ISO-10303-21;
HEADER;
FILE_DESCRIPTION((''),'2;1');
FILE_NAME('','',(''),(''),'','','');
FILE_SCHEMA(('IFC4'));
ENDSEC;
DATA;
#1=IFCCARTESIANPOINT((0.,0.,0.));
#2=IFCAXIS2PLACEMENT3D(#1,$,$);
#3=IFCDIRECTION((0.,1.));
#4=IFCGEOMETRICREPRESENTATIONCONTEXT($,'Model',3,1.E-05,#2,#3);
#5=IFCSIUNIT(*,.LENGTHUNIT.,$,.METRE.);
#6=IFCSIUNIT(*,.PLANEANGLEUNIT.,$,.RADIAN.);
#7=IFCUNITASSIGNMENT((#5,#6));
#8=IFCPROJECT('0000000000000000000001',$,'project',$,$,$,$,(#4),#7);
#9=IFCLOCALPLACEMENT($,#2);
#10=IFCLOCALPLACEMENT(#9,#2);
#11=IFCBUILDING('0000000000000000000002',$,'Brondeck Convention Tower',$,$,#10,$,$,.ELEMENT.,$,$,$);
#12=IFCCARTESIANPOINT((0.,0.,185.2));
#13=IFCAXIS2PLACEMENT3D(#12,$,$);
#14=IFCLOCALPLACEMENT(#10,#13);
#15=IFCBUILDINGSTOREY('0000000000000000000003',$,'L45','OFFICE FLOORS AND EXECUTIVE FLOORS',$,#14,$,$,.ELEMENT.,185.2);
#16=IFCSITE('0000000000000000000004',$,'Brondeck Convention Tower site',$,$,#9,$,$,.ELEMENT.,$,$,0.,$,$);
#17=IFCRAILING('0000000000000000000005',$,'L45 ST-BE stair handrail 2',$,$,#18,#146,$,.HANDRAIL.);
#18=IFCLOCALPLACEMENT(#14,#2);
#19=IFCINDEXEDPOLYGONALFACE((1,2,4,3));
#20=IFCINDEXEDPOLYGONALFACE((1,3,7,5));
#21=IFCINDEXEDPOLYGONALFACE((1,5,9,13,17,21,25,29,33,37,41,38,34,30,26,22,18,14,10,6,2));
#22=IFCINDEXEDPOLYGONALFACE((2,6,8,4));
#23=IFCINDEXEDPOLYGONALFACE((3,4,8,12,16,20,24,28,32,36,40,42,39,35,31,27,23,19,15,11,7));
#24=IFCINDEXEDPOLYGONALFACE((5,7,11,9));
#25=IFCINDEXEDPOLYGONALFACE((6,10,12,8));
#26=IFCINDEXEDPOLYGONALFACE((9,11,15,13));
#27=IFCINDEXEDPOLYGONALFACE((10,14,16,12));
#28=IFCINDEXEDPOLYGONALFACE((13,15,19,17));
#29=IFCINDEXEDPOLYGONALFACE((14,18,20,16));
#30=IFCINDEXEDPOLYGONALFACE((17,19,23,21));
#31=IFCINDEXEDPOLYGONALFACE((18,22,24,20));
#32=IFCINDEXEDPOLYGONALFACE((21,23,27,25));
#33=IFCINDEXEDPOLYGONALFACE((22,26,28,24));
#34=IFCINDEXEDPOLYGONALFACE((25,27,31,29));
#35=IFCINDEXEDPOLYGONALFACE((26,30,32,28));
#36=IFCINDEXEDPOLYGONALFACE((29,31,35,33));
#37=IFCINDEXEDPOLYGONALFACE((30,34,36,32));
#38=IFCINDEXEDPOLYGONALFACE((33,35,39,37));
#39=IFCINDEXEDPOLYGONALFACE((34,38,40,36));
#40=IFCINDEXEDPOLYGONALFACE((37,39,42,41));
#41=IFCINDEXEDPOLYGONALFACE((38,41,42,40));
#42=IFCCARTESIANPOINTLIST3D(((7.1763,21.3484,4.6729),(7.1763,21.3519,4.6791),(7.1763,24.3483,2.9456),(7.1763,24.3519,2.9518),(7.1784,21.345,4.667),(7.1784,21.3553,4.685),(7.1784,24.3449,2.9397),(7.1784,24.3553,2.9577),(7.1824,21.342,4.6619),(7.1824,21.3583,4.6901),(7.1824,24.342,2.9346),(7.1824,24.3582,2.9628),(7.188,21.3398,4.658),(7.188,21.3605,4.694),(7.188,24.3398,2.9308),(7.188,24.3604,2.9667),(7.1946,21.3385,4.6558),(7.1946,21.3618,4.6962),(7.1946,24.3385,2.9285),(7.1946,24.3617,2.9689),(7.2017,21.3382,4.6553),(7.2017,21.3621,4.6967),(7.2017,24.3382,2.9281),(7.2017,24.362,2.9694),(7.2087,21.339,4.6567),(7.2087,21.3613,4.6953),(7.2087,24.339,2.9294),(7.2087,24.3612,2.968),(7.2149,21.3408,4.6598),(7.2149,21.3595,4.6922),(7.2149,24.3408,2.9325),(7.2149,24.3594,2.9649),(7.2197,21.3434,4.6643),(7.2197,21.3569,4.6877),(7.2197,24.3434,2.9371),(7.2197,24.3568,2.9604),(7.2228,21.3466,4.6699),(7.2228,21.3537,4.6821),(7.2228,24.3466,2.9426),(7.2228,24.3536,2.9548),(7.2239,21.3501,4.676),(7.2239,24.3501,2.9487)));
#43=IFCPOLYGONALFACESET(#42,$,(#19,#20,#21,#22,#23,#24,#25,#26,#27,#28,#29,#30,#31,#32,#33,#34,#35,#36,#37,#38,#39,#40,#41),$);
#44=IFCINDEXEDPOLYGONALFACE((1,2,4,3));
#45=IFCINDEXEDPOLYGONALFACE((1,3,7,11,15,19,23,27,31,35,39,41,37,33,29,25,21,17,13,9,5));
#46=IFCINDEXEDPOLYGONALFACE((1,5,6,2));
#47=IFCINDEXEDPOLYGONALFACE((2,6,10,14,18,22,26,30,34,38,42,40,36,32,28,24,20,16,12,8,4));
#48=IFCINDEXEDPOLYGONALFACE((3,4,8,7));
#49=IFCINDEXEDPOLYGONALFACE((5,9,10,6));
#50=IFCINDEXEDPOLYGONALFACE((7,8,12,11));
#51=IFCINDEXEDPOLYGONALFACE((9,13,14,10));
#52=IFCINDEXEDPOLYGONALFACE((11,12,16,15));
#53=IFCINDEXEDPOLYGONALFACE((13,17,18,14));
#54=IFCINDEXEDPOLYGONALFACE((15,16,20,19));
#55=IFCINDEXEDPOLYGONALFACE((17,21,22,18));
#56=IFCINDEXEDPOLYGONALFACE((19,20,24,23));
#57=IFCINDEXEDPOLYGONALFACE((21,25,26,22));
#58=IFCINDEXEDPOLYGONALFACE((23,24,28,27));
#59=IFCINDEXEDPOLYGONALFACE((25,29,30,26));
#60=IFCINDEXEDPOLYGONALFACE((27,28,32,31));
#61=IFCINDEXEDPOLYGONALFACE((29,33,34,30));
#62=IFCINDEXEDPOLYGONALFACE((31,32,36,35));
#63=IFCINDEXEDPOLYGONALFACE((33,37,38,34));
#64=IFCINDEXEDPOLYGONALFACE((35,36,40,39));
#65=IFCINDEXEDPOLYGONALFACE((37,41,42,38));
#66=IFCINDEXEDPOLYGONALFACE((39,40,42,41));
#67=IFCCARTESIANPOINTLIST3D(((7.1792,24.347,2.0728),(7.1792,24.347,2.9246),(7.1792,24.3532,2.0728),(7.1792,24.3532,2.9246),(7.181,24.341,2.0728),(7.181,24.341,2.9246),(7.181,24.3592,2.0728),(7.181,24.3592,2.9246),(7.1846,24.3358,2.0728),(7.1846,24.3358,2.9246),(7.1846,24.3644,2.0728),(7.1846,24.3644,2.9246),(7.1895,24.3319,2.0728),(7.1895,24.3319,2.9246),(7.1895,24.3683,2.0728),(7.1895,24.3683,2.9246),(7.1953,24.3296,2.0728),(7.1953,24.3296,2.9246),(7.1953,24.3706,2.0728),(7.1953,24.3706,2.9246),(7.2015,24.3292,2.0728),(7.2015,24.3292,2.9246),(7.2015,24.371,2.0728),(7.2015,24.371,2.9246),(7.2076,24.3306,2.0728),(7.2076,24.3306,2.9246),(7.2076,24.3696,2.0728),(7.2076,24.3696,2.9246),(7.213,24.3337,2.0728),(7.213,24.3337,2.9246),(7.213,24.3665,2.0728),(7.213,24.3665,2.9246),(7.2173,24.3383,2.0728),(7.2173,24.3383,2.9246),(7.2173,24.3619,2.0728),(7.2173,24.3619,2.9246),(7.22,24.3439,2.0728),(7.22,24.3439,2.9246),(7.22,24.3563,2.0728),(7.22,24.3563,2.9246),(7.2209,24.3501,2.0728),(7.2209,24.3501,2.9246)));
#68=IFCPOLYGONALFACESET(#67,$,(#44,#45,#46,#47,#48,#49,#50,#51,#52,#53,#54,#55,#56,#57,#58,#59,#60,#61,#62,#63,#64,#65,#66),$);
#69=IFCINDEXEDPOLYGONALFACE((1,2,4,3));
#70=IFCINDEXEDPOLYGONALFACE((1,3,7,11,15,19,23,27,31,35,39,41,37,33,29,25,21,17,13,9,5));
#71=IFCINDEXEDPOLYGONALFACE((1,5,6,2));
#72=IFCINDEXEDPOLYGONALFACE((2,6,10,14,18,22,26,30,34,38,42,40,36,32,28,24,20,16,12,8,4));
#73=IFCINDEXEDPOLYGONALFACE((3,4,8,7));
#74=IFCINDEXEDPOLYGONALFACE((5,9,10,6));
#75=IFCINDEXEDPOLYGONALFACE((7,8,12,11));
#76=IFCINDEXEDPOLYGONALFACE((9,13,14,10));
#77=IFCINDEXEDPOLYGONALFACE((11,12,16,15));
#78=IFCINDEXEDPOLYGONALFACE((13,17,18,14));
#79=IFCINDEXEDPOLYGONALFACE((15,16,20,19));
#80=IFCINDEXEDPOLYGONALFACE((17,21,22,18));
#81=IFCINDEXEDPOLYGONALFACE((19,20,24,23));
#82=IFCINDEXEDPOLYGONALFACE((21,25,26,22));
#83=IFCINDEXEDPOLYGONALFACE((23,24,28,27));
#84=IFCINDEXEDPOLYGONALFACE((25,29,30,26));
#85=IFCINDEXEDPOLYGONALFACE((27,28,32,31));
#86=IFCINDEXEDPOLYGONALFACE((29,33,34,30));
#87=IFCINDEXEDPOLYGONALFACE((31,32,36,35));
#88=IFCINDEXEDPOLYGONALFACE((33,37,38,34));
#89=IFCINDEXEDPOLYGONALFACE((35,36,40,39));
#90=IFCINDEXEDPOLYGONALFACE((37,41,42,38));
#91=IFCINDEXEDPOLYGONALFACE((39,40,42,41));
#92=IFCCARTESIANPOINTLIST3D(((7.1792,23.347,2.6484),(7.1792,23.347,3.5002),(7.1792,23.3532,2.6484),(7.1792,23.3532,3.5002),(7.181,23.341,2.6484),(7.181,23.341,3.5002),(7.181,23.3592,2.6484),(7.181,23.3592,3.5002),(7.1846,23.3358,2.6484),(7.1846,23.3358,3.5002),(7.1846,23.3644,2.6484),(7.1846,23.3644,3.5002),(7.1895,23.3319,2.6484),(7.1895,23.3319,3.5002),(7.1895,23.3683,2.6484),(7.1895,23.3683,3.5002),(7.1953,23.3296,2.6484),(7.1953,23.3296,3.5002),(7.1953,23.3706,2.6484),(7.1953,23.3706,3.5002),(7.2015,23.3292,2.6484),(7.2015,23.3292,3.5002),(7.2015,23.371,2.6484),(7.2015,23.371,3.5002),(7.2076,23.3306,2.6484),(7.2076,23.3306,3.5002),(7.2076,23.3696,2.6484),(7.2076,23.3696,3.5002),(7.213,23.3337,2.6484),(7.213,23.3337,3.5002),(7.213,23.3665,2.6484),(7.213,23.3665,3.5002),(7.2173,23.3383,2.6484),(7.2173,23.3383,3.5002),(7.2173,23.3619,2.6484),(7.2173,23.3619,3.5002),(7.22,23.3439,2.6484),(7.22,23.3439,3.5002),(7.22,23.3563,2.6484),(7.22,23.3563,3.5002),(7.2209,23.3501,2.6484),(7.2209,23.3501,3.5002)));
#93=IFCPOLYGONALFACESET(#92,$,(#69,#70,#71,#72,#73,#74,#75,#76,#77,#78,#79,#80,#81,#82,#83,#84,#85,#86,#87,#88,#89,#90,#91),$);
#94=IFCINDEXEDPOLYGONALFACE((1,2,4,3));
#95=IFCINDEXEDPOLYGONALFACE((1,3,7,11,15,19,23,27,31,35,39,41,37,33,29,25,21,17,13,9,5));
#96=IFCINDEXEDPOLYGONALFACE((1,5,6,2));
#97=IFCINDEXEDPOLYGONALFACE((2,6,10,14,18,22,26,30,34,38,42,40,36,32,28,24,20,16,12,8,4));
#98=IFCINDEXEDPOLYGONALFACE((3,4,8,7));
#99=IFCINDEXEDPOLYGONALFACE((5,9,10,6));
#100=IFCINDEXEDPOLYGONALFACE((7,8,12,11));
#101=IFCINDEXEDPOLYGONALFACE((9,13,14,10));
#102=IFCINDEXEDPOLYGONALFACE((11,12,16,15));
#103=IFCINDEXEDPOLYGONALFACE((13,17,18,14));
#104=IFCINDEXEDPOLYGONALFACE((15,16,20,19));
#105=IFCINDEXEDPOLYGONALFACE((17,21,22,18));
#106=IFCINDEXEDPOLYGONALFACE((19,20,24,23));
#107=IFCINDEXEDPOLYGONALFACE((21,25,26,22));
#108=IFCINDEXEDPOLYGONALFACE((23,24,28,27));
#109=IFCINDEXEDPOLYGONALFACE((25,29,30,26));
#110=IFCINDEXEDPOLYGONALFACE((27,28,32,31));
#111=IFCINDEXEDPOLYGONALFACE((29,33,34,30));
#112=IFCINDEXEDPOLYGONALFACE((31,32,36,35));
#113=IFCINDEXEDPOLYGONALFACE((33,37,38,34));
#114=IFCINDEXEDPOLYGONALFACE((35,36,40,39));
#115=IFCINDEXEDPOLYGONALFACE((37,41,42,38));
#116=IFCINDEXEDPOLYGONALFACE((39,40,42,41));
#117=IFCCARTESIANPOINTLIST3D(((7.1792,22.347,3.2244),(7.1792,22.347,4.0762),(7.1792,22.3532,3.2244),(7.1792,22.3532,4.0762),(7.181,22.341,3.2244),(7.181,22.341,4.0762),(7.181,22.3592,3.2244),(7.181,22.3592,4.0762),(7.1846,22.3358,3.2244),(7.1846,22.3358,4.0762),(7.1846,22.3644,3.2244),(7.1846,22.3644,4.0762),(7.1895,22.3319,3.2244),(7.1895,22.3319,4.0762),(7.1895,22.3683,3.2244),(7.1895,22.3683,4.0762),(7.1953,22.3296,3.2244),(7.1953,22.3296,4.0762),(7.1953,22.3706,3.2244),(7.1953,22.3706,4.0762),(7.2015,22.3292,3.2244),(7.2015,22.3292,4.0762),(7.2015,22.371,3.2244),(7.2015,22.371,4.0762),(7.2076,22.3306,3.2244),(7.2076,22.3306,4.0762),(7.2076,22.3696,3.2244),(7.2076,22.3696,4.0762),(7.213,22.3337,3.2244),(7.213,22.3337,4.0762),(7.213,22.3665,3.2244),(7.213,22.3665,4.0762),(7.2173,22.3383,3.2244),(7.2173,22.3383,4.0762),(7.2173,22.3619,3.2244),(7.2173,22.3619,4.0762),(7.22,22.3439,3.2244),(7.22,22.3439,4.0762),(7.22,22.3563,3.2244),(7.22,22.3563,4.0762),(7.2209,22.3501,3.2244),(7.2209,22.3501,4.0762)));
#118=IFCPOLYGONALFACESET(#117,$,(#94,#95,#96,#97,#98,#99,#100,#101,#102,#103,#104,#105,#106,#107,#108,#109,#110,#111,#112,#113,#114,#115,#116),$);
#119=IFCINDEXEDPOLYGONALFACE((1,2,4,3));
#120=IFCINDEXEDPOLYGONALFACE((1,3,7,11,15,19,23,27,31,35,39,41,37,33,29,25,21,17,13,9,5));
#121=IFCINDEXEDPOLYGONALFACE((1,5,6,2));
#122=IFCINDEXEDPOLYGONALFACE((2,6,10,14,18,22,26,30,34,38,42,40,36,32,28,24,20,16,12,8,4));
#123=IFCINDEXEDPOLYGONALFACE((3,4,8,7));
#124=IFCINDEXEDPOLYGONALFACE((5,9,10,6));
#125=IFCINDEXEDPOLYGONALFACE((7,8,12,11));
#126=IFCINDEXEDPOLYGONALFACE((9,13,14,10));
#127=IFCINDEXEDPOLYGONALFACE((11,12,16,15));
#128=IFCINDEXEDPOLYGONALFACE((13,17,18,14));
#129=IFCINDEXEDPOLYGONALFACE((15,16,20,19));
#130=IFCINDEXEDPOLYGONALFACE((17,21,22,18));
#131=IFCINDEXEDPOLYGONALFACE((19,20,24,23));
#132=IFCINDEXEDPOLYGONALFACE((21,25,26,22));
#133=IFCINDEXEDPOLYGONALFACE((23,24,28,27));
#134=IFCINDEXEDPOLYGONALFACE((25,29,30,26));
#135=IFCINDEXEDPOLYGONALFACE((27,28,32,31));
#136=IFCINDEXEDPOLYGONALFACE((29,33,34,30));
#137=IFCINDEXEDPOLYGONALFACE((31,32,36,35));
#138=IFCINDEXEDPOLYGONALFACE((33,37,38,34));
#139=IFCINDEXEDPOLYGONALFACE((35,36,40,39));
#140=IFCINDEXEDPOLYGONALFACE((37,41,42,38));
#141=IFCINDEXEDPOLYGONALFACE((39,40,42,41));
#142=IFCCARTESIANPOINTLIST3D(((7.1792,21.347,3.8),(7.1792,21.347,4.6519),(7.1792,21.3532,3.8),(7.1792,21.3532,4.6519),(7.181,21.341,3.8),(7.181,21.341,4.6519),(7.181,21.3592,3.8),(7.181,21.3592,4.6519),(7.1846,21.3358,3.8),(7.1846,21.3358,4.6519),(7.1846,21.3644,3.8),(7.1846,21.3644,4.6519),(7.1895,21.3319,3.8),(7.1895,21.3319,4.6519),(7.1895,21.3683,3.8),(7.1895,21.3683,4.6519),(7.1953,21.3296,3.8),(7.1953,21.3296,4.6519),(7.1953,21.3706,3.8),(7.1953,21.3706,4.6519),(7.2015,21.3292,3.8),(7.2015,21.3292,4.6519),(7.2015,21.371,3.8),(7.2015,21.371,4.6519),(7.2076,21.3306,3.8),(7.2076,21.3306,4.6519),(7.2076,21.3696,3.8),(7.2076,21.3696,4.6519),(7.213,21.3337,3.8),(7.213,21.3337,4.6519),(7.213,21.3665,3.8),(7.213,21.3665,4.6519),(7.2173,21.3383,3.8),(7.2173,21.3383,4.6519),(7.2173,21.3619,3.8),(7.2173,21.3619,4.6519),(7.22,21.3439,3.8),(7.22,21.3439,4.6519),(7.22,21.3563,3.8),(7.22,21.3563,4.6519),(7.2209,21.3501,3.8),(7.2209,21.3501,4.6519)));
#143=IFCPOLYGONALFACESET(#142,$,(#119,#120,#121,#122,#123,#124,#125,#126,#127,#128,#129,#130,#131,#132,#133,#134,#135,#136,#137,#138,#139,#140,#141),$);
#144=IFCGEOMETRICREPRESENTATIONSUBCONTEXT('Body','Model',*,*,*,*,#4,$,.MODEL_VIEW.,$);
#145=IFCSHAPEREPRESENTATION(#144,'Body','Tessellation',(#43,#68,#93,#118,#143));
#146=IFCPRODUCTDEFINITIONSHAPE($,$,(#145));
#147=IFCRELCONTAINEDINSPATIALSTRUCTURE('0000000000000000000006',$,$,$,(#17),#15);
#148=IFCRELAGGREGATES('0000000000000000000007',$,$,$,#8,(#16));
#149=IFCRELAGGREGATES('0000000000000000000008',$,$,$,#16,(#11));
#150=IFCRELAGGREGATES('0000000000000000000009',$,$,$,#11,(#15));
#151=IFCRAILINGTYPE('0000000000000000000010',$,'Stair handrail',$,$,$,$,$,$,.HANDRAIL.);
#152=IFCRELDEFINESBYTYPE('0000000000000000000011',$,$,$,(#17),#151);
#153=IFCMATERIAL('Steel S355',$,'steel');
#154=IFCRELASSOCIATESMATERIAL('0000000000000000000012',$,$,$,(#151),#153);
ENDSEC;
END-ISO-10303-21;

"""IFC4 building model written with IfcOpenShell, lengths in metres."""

from ifc_helpers import new_model, si_unit, direction, frame, origin, origin_2d, place, context, subcontext, project, spatial, circle, extrude, material, type_object, element, save


model = new_model("IFC4")

# Units and contexts
model_context = context("Model", 3, precision=1e-05, world=origin(), true_north=direction((0.0, 1.0)))
body_context = subcontext(model_context, "Body", "Model", "MODEL_VIEW")
ifc_project = project(units=[si_unit("LENGTHUNIT", "METRE"), si_unit("PLANEANGLEUNIT", "RADIAN")], contexts=[model_context])

# Site, building, storey
site_placement = place(None, origin())
site = spatial("IfcSite", under=ifc_project, at=site_placement, Name="Brondeck Convention Tower site", CompositionType="ELEMENT", RefElevation=0.0)
building_placement = place(site_placement, origin())
building = spatial("IfcBuilding", under=site, at=building_placement, Name="Brondeck Convention Tower", CompositionType="ELEMENT")
storey_placement = place(building_placement, frame((0.0, 0.0, 185.2)))
storey = spatial("IfcBuildingStorey", under=building, at=storey_placement, Name="L45", Description="OFFICE FLOORS AND EXECUTIVE FLOORS", CompositionType="ELEMENT", Elevation=185.2)

# Shared definitions
ifc_material_1 = material(Name="Steel S355", Category="steel")

# Railing
railing_type_1 = type_object("IfcRailingType", Name="Stair handrail", PredefinedType="HANDRAIL", material=ifc_material_1)
railing_1_placement = place(storey_placement, frame((7.2, 24.3501, 2.0728)))
element("IfcRailing", 1, at=railing_1_placement, inside=storey, type_object=railing_type_1, Name="L45 ST-BE stair handrail 2", PredefinedType="HANDRAIL", context=body_context, shape_type="SweptSolid", body=[
    extrude(circle(Radius=0.0239, at=origin_2d()), frame((0.0, 0.0, 0.876), z_axis=(0.0, -0.86662, 0.498969), x_axis=(1.0, 0.0, 0.0)), (0.0, 0.0, 1.0), 3.4617),
    extrude(circle(Radius=0.021, at=origin_2d()), origin(), (0.0, 0.0, 1.0), 0.8518),
    extrude(circle(Radius=0.021, at=origin_2d()), frame((0.0, -1.0, 0.5757)), (0.0, 0.0, 1.0), 0.8518),
    extrude(circle(Radius=0.021, at=origin_2d()), frame((0.0, -2.0, 1.1516)), (0.0, 0.0, 1.0), 0.8518),
    extrude(circle(Radius=0.021, at=origin_2d()), frame((0.0, -3.0, 1.7273)), (0.0, 0.0, 1.0), 0.8518),
])

save(model, "model.ifc")
